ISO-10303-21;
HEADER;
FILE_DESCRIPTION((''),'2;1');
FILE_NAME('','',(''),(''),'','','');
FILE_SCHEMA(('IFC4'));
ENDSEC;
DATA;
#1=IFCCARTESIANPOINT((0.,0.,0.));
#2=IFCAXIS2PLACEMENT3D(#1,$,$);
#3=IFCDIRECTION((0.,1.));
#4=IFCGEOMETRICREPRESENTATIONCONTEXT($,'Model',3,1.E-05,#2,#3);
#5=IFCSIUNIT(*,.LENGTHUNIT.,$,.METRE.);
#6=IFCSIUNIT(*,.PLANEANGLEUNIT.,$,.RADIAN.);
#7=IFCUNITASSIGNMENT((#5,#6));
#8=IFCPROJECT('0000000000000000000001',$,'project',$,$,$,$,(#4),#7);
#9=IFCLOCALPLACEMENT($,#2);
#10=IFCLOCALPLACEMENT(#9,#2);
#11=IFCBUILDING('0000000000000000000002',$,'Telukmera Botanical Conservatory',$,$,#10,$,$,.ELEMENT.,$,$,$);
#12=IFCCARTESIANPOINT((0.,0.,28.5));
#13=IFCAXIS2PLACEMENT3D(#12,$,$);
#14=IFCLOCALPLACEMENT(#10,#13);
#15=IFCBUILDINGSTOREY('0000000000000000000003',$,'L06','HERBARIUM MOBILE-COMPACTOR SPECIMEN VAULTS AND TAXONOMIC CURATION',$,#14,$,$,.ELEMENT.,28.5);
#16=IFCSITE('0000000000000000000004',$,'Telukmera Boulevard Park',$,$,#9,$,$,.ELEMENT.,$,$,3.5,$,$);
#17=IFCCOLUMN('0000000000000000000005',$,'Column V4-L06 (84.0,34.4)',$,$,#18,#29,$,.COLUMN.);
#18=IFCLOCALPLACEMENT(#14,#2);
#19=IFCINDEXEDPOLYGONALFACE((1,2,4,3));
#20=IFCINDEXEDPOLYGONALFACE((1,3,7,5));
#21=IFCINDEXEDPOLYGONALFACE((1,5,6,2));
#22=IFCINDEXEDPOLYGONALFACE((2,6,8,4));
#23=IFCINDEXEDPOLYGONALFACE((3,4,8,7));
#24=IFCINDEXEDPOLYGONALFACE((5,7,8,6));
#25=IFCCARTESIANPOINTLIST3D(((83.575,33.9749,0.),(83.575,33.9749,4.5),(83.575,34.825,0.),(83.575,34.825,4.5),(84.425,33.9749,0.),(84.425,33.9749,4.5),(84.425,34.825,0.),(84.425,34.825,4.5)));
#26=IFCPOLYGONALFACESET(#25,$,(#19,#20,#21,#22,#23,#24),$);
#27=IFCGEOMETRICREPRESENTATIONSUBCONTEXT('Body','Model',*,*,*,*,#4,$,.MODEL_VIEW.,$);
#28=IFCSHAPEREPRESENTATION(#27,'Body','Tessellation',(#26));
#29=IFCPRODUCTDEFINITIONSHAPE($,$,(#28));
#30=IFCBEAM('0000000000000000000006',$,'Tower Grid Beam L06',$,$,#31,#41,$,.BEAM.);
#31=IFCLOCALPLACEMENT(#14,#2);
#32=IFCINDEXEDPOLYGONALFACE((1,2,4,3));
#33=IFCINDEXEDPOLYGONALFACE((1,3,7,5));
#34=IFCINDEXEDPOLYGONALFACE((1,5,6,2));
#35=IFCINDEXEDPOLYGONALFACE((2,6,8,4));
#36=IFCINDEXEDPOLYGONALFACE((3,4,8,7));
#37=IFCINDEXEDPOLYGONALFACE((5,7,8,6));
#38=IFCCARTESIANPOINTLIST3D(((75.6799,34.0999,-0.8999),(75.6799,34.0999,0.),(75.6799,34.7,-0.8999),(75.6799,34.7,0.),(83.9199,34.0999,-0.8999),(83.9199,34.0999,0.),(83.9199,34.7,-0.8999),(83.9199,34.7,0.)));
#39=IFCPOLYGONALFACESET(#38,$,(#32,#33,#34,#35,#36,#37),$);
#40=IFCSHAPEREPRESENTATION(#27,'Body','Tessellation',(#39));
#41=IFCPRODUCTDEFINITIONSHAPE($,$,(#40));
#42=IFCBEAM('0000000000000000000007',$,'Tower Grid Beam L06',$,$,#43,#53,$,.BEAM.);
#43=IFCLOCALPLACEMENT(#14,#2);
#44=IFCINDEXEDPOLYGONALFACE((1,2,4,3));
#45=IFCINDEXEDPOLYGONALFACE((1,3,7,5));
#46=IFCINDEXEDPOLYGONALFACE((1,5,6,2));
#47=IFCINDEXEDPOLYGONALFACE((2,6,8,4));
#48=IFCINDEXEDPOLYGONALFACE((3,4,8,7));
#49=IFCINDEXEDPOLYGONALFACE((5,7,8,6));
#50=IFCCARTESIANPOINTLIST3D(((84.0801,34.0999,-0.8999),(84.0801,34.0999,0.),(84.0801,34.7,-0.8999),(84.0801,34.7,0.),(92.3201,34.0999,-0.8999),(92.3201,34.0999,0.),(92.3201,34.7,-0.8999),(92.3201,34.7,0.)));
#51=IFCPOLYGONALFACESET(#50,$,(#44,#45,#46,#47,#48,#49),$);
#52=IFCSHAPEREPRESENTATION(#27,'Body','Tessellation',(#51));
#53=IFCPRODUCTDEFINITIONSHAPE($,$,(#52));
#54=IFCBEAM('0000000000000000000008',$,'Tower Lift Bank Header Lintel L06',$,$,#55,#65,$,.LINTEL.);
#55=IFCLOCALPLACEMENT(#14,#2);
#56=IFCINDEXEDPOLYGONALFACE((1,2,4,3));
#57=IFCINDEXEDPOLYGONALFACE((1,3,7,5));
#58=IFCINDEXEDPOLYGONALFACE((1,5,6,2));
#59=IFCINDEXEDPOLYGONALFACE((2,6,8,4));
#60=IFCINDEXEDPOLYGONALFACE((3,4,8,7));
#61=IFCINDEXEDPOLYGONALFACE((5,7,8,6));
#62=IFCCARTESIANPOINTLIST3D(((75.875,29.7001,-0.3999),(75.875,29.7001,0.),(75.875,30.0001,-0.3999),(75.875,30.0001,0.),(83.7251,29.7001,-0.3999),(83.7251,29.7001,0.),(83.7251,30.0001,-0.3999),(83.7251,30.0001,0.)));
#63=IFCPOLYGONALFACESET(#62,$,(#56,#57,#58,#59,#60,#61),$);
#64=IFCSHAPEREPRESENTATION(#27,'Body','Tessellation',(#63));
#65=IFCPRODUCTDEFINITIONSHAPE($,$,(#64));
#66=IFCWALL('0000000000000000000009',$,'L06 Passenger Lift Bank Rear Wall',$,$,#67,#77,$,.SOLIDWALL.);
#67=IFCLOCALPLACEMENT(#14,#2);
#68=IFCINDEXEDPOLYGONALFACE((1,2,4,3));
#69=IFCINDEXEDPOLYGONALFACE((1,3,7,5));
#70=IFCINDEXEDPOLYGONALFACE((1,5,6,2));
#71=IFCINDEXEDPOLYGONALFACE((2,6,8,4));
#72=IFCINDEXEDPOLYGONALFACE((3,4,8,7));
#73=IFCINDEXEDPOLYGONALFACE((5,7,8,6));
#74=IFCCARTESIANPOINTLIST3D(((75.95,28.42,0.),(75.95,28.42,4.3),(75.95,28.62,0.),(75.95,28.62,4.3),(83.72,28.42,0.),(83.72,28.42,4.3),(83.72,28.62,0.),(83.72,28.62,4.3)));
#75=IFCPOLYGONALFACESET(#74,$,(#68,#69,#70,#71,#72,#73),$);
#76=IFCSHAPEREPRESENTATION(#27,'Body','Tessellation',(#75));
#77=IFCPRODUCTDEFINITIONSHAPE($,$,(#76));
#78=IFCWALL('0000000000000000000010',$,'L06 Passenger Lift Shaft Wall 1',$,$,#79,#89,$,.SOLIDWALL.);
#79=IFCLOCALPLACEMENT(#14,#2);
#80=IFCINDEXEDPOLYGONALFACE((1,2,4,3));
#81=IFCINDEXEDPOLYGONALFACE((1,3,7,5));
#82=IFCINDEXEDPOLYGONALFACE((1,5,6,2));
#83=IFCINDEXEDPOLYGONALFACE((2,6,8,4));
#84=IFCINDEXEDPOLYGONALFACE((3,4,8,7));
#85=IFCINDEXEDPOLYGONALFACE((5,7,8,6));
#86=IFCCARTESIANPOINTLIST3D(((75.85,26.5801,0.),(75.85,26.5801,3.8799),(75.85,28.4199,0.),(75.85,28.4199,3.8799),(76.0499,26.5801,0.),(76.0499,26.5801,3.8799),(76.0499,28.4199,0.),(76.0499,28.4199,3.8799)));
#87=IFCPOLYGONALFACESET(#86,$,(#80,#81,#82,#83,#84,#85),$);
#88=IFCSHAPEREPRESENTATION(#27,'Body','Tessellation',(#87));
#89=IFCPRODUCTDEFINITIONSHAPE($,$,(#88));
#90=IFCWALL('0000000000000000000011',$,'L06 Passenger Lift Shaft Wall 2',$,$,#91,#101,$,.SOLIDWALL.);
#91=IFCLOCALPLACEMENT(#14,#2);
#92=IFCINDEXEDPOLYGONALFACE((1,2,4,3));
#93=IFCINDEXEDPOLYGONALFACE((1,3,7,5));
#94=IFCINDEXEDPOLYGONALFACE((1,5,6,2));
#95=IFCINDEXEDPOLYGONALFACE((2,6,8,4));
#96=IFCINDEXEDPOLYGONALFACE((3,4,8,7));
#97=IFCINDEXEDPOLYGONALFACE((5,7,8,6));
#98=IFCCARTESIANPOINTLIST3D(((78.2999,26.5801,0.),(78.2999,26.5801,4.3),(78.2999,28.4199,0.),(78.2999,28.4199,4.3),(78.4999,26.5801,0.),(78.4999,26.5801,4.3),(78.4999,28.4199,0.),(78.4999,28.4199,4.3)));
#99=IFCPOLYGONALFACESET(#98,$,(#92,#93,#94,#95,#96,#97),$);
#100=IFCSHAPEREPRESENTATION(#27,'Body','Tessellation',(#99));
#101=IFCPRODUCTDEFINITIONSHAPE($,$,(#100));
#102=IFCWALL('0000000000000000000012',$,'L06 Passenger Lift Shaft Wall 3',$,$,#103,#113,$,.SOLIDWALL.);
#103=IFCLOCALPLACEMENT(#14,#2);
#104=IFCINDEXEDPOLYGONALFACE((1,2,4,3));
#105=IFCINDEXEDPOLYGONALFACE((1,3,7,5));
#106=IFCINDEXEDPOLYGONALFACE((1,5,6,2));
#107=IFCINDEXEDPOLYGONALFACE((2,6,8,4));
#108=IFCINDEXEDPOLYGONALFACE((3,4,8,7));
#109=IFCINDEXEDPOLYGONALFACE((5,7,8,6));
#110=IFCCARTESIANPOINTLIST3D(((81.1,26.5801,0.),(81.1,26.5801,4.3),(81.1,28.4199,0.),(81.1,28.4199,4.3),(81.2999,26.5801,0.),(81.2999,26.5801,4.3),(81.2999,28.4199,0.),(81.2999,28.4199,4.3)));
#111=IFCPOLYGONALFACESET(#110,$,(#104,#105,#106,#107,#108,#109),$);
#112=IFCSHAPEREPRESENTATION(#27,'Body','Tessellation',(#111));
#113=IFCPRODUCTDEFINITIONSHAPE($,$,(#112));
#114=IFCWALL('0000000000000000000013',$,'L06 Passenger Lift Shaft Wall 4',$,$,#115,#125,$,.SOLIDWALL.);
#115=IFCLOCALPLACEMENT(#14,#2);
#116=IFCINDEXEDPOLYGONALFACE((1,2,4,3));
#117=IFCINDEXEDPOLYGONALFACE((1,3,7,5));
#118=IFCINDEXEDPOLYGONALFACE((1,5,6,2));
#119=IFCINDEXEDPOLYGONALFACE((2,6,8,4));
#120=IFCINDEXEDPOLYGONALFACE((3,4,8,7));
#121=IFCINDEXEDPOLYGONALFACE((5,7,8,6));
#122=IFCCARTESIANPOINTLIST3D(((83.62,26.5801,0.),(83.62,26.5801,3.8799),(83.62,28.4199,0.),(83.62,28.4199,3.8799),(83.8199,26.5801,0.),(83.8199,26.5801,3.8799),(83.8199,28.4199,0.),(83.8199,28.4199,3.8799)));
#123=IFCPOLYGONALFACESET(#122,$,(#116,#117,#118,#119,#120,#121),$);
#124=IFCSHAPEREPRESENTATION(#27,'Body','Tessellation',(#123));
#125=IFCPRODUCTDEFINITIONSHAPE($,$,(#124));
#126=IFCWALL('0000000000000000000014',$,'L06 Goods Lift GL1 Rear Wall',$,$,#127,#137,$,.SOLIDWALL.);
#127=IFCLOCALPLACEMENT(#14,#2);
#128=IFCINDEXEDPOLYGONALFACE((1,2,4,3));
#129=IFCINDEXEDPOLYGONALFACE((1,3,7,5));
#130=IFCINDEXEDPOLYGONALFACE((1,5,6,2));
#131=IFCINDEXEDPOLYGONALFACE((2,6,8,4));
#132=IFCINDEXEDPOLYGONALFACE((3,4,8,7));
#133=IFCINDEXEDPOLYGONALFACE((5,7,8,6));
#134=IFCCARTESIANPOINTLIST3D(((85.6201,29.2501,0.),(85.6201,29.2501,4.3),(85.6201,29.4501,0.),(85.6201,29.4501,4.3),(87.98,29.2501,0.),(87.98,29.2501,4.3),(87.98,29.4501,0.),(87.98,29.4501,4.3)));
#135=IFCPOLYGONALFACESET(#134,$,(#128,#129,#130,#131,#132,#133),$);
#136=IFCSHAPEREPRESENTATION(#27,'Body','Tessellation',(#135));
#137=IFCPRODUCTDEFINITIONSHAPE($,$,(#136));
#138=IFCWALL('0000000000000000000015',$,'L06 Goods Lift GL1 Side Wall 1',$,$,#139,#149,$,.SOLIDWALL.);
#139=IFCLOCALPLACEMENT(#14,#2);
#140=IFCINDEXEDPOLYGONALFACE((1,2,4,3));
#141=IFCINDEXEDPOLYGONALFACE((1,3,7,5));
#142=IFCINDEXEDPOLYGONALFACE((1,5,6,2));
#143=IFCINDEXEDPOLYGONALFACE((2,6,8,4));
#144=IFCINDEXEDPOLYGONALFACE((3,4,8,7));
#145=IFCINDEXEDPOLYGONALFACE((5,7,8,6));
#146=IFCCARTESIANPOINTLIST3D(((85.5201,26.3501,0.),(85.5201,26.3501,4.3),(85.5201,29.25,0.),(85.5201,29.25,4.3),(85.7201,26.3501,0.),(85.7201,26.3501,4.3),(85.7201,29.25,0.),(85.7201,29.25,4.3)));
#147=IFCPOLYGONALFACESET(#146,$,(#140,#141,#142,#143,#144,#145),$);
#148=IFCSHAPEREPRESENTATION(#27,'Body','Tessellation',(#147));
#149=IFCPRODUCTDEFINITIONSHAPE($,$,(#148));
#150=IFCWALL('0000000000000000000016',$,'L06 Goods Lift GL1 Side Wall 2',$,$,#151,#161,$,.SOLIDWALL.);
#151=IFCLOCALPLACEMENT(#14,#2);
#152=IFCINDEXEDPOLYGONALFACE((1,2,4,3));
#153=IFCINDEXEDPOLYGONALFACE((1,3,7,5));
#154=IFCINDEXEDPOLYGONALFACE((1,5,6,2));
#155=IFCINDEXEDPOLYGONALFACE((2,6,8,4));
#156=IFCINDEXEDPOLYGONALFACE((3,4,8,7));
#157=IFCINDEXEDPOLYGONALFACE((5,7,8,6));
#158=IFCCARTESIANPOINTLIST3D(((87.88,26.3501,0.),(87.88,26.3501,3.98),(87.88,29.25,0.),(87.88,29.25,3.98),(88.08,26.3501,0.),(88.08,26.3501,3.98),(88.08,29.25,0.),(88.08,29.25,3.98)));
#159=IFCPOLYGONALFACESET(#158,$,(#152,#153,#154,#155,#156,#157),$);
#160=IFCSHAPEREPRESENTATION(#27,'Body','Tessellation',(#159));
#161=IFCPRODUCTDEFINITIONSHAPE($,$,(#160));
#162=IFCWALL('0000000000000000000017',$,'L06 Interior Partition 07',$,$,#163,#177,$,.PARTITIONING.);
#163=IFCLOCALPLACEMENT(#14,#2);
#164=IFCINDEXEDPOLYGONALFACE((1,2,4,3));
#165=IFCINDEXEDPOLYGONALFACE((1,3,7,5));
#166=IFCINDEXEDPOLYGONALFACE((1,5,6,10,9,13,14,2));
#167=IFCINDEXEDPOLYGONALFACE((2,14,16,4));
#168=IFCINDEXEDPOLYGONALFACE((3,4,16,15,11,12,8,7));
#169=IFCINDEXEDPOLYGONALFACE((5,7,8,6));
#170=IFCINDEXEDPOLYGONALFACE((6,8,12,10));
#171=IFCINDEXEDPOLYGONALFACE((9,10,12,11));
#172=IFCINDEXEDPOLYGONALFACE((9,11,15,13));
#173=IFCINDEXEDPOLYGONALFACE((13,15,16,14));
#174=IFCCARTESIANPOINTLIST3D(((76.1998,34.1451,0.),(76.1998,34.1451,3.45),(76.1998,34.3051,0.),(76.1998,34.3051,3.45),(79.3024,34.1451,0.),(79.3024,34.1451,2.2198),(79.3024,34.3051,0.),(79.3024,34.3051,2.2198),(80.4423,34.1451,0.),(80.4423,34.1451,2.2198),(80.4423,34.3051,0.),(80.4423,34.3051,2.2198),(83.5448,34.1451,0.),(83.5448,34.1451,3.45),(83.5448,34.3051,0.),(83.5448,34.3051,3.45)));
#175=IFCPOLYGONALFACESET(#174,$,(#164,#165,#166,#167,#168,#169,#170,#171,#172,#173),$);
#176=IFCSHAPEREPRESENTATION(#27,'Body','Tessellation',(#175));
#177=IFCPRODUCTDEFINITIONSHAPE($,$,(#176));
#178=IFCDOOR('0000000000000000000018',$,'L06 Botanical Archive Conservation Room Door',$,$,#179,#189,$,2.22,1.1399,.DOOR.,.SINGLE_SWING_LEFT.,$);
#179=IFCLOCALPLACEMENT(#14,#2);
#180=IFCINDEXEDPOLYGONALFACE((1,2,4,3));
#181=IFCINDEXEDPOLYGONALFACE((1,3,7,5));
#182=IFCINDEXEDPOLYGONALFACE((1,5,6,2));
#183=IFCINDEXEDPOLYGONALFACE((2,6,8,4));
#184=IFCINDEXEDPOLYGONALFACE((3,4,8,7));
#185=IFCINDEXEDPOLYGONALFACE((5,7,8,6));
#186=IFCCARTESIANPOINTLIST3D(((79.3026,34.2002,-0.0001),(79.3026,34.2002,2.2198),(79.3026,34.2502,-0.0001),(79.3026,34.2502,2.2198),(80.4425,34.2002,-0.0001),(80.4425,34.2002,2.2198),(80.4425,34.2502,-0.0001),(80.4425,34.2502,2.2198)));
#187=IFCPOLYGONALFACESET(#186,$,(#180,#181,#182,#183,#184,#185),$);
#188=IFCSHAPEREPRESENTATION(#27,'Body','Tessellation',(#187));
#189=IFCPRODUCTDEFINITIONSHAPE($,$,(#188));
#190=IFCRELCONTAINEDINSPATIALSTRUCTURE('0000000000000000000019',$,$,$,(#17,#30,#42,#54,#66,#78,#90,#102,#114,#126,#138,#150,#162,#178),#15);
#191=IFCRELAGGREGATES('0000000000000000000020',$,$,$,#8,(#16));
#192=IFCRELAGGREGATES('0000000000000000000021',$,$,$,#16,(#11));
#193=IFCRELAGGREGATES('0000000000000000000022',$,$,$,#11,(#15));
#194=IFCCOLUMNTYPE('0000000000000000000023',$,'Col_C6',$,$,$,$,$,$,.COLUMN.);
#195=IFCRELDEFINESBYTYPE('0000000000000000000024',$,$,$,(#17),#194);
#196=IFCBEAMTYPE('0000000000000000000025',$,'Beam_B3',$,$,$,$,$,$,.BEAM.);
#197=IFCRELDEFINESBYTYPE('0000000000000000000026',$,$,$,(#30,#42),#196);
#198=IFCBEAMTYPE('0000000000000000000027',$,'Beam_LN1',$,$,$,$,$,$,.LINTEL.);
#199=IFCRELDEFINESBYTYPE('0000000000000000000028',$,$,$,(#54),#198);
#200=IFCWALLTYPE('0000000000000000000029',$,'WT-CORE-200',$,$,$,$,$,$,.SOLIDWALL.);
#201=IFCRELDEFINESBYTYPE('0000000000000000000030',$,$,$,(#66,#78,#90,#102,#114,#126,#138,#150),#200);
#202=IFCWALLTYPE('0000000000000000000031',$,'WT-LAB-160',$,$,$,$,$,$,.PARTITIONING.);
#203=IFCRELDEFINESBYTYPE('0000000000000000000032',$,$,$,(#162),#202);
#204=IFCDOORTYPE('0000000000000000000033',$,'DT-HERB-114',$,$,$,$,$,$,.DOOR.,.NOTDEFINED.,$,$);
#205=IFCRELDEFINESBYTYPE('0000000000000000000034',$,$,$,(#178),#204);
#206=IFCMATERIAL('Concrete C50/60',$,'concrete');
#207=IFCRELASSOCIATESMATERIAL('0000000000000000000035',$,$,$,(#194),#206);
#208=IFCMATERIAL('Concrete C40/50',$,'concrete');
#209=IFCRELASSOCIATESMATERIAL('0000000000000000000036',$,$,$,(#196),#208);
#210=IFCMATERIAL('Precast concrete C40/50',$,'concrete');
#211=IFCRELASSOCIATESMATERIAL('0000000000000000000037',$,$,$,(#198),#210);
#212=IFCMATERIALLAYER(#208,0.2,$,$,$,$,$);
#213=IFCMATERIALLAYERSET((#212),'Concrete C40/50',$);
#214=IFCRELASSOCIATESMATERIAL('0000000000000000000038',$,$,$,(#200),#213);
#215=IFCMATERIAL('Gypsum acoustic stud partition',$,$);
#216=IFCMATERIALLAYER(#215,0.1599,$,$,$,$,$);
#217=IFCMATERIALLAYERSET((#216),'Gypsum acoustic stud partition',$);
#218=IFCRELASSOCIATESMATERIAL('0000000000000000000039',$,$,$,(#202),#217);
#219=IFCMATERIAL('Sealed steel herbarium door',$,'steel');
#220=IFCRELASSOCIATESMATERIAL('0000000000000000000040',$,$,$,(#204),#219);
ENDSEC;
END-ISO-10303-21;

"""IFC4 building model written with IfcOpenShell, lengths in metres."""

from ifc_helpers import new_model, si_unit, direction, frame, frame_2d, origin, origin_2d, place, context, subcontext, project, spatial, rectangle, extrude, material, layer, layer_set, material_profile, profile_set, type_object, element, fill, save


model = new_model("IFC4")

# Units and contexts
model_context = context("Model", 3, precision=1e-05, world=origin(), true_north=direction((0.0, 1.0)))
body_context = subcontext(model_context, "Body", "Model", "MODEL_VIEW")
ifc_project = project(units=[si_unit("LENGTHUNIT", "METRE"), si_unit("PLANEANGLEUNIT", "RADIAN")], contexts=[model_context])

# Site, building, storey
site_placement = place(None, origin())
site = spatial("IfcSite", under=ifc_project, at=site_placement, Name="Telukmera Boulevard Park", CompositionType="ELEMENT", RefElevation=3.5)
building_placement = place(site_placement, origin())
building = spatial("IfcBuilding", under=site, at=building_placement, Name="Telukmera Botanical Conservatory", CompositionType="ELEMENT")
storey_placement = place(building_placement, frame((0.0, 0.0, 28.5)))
storey = spatial("IfcBuildingStorey", under=building, at=storey_placement, Name="L06", Description="HERBARIUM MOBILE-COMPACTOR SPECIMEN VAULTS AND TAXONOMIC CURATION", CompositionType="ELEMENT", Elevation=28.5)

# Column
ifc_material_1 = material(Name="Concrete C50/60", Category="concrete")
ifc_material_profile_1 = material_profile(ifc_material_1, rectangle(XDim=0.8501, YDim=0.8501, at=origin_2d()), Name="RC 850x850")
ifc_profile_set_1 = profile_set([ifc_material_profile_1], Name="Concrete C50/60")
column_type = type_object("IfcColumnType", Name="Col_C6", PredefinedType="COLUMN", material=ifc_profile_set_1)
column_placement = place(storey_placement, frame((84.0, 34.3999, 0.0), z_axis=(0.0, 0.0, 1.0), x_axis=(1.0, 0.0, 0.0)))
element("IfcColumn", 1, at=column_placement, inside=storey, type_object=column_type, Name="Column V4-L06 (84.0,34.4)", PredefinedType="COLUMN", context=body_context, shape_type="SweptSolid", body=[
    extrude(rectangle(XDim=0.8501, YDim=0.8501, at=origin_2d()), origin(), (0.0, 0.0, 1.0), 4.5),
])

# Beams
ifc_material_2 = material(Name="Concrete C40/50", Category="concrete")
ifc_material_profile_2 = material_profile(ifc_material_2, rectangle(XDim=0.6001, YDim=0.8999, at=origin_2d()), Name="RC 600x900")
ifc_profile_set_2 = profile_set([ifc_material_profile_2], Name="Concrete C40/50")
beam_type_1 = type_object("IfcBeamType", Name="Beam_B3", PredefinedType="BEAM", material=ifc_profile_set_2)
for number, where, z_axis, x_axis, name in (
    (2, (75.6799, 34.3999, -0.45), (1.0, 0.0, 0.0), (0.0, 1.0, 0.0), "Tower Grid Beam L06"),
    (3, (84.0801, 34.3999, -0.45), (1.0, 0.0, 0.0), (0.0, 1.0, 0.0), "Tower Grid Beam L06"),
):
    element("IfcBeam", number, at=place(storey_placement, frame(where, z_axis=z_axis, x_axis=x_axis)), inside=storey, type_object=beam_type_1, Name=name, PredefinedType="BEAM", context=body_context, shape_type="SweptSolid", body=[
        extrude(rectangle(XDim=0.6001, YDim=0.8999, at=origin_2d()), origin(), (0.0, 0.0, 1.0), 8.24),
    ])
ifc_material_3 = material(Name="Precast concrete C40/50", Category="concrete")
ifc_material_profile_3 = material_profile(ifc_material_3, rectangle(XDim=0.3, YDim=0.3999, at=origin_2d()), Name="PC 300x400")
ifc_profile_set_3 = profile_set([ifc_material_profile_3], Name="Precast concrete C40/50")
beam_type_2 = type_object("IfcBeamType", Name="Beam_LN1", PredefinedType="LINTEL", material=ifc_profile_set_3)
beam_placement = place(storey_placement, frame((75.875, 29.8501, -0.2), z_axis=(1.0, 0.0, 0.0), x_axis=(0.0, 1.0, 0.0)))
element("IfcBeam", 4, at=beam_placement, inside=storey, type_object=beam_type_2, Name="Tower Lift Bank Header Lintel L06", PredefinedType="LINTEL", context=body_context, shape_type="SweptSolid", body=[
    extrude(rectangle(XDim=0.3, YDim=0.3999, at=origin_2d()), origin(), (0.0, 0.0, 1.0), 7.8501),
])

# Shared definitions
ifc_layer_1 = layer(ifc_material_2, 0.2)
ifc_layer_set_1 = layer_set([ifc_layer_1], Name="Concrete C40/50")
wall_type_1 = type_object("IfcWallType", Name="WT-CORE-200", PredefinedType="SOLIDWALL", material=ifc_layer_set_1)

# Walls
wall_1_placement = place(storey_placement, frame((75.95, 28.52, 0.0), z_axis=(0.0, 0.0, 1.0), x_axis=(1.0, 0.0, 0.0)))
element("IfcWall", 5, at=wall_1_placement, inside=storey, type_object=wall_type_1, Name="L06 Passenger Lift Bank Rear Wall", PredefinedType="SOLIDWALL", context=body_context, shape_type="SweptSolid", body=[
    extrude(rectangle(XDim=7.77, YDim=0.2, at=frame_2d((3.885, 0.0))), origin(), (0.0, 0.0, 1.0), 4.3),
])
wall_2_placement = place(storey_placement, frame((75.95, 26.5801, 0.0), z_axis=(0.0, 0.0, 1.0), x_axis=(0.0, 1.0, 0.0)))
element("IfcWall", 6, at=wall_2_placement, inside=storey, type_object=wall_type_1, Name="L06 Passenger Lift Shaft Wall 1", PredefinedType="SOLIDWALL", context=body_context, shape_type="SweptSolid", body=[
    extrude(rectangle(XDim=1.8398, YDim=0.2, at=frame_2d((0.9199, 0.0))), origin(), (0.0, 0.0, 1.0), 3.8799),
])
for number, where, z_axis, x_axis, name in (
    (7, (78.3999, 26.5801, 0.0), (0.0, 0.0, 1.0), (0.0, 1.0, 0.0), "L06 Passenger Lift Shaft Wall 2"),
    (8, (81.2, 26.5801, 0.0), (0.0, 0.0, 1.0), (0.0, 1.0, 0.0), "L06 Passenger Lift Shaft Wall 3"),
):
    element("IfcWall", number, at=place(storey_placement, frame(where, z_axis=z_axis, x_axis=x_axis)), inside=storey, type_object=wall_type_1, Name=name, PredefinedType="SOLIDWALL", context=body_context, shape_type="SweptSolid", body=[
        extrude(rectangle(XDim=1.8398, YDim=0.2, at=frame_2d((0.9199, 0.0))), origin(), (0.0, 0.0, 1.0), 4.3),
    ])
wall_3_placement = place(storey_placement, frame((83.72, 26.5801, 0.0), z_axis=(0.0, 0.0, 1.0), x_axis=(0.0, 1.0, 0.0)))
element("IfcWall", 9, at=wall_3_placement, inside=storey, type_object=wall_type_1, Name="L06 Passenger Lift Shaft Wall 4", PredefinedType="SOLIDWALL", context=body_context, shape_type="SweptSolid", body=[
    extrude(rectangle(XDim=1.8398, YDim=0.2, at=frame_2d((0.9199, 0.0))), origin(), (0.0, 0.0, 1.0), 3.8799),
])
wall_4_placement = place(storey_placement, frame((85.6201, 29.3501, 0.0), z_axis=(0.0, 0.0, 1.0), x_axis=(1.0, 0.0, 0.0)))
element("IfcWall", 10, at=wall_4_placement, inside=storey, type_object=wall_type_1, Name="L06 Goods Lift GL1 Rear Wall", PredefinedType="SOLIDWALL", context=body_context, shape_type="SweptSolid", body=[
    extrude(rectangle(XDim=2.3599, YDim=0.2, at=frame_2d((1.1799, 0.0))), origin(), (0.0, 0.0, 1.0), 4.3),
])
wall_5_placement = place(storey_placement, frame((85.6201, 26.3501, 0.0), z_axis=(0.0, 0.0, 1.0), x_axis=(0.0, 1.0, 0.0)))
element("IfcWall", 11, at=wall_5_placement, inside=storey, type_object=wall_type_1, Name="L06 Goods Lift GL1 Side Wall 1", PredefinedType="SOLIDWALL", context=body_context, shape_type="SweptSolid", body=[
    extrude(rectangle(XDim=2.8999, YDim=0.2, at=frame_2d((1.45, 0.0))), origin(), (0.0, 0.0, 1.0), 4.3),
])
wall_6_placement = place(storey_placement, frame((87.98, 26.3501, 0.0), z_axis=(0.0, 0.0, 1.0), x_axis=(0.0, 1.0, 0.0)))
element("IfcWall", 12, at=wall_6_placement, inside=storey, type_object=wall_type_1, Name="L06 Goods Lift GL1 Side Wall 2", PredefinedType="SOLIDWALL", context=body_context, shape_type="SweptSolid", body=[
    extrude(rectangle(XDim=2.8999, YDim=0.2, at=frame_2d((1.45, 0.0))), origin(), (0.0, 0.0, 1.0), 3.98),
])

# Wall, opening, door
ifc_material_4 = material(Name="Gypsum acoustic stud partition")
ifc_layer_2 = layer(ifc_material_4, 0.1599)
ifc_layer_set_2 = layer_set([ifc_layer_2], Name="Gypsum acoustic stud partition")
wall_type_2 = type_object("IfcWallType", Name="WT-LAB-160", PredefinedType="PARTITIONING", material=ifc_layer_set_2)
wall_7_placement = place(storey_placement, frame((76.2, 34.2251, 0.0), z_axis=(0.0, 0.0, 1.0), x_axis=(1.0, 0.0, 0.0)))
wall_7 = element("IfcWall", 13, at=wall_7_placement, inside=storey, type_object=wall_type_2, Name="L06 Interior Partition 07", PredefinedType="PARTITIONING", context=body_context, shape_type="SweptSolid", body=[
    extrude(rectangle(XDim=7.345, YDim=0.1599, at=frame_2d((3.6724, 0.0))), origin(), (0.0, 0.0, 1.0), 3.45),
])
opening_1_placement = place(wall_7_placement, frame((3.1025, 0.0, 0.0)))
opening_1 = element("IfcOpeningElement", 14, at=opening_1_placement, cuts=wall_7, PredefinedType="OPENING", context=body_context, shape_type="SweptSolid", body=[
    extrude(rectangle(XDim=1.1399, YDim=2.22, at=frame_2d((0.5698, 1.1099))), frame((0.0, 0.0898, 0.0), z_axis=(0.0, -1.0, 0.0), x_axis=(1.0, 0.0, 0.0)), (0.0, 0.0, 1.0), 0.1799),
])
ifc_material_5 = material(Name="Sealed steel herbarium door", Category="steel")
door_type_1 = type_object("IfcDoorType", Name="DT-HERB-114", OperationType="NOTDEFINED", PredefinedType="DOOR", material=ifc_material_5)
door_1_placement = place(opening_1_placement, frame((1.1399, 0.0, 0.0), z_axis=(0.0, 0.0, 1.0), x_axis=(-1.0, 0.0, 0.0)))
door_1 = element("IfcDoor", 15, at=door_1_placement, inside=storey, type_object=door_type_1, Name="L06 Botanical Archive Conservation Room Door", OperationType="SINGLE_SWING_LEFT", OverallHeight=2.22, OverallWidth=1.1399, PredefinedType="DOOR", context=body_context, shape_type="SweptSolid", body=[
    extrude(rectangle(XDim=1.1399, YDim=2.22, at=frame_2d((0.5698, 1.1099))), frame((0.0, 0.0249, 0.0), z_axis=(0.0, -1.0, 0.0), x_axis=(1.0, 0.0, 0.0)), (0.0, 0.0, 1.0), 0.05),
])
fill(opening_1, door_1)

save(model, "model.ifc")
